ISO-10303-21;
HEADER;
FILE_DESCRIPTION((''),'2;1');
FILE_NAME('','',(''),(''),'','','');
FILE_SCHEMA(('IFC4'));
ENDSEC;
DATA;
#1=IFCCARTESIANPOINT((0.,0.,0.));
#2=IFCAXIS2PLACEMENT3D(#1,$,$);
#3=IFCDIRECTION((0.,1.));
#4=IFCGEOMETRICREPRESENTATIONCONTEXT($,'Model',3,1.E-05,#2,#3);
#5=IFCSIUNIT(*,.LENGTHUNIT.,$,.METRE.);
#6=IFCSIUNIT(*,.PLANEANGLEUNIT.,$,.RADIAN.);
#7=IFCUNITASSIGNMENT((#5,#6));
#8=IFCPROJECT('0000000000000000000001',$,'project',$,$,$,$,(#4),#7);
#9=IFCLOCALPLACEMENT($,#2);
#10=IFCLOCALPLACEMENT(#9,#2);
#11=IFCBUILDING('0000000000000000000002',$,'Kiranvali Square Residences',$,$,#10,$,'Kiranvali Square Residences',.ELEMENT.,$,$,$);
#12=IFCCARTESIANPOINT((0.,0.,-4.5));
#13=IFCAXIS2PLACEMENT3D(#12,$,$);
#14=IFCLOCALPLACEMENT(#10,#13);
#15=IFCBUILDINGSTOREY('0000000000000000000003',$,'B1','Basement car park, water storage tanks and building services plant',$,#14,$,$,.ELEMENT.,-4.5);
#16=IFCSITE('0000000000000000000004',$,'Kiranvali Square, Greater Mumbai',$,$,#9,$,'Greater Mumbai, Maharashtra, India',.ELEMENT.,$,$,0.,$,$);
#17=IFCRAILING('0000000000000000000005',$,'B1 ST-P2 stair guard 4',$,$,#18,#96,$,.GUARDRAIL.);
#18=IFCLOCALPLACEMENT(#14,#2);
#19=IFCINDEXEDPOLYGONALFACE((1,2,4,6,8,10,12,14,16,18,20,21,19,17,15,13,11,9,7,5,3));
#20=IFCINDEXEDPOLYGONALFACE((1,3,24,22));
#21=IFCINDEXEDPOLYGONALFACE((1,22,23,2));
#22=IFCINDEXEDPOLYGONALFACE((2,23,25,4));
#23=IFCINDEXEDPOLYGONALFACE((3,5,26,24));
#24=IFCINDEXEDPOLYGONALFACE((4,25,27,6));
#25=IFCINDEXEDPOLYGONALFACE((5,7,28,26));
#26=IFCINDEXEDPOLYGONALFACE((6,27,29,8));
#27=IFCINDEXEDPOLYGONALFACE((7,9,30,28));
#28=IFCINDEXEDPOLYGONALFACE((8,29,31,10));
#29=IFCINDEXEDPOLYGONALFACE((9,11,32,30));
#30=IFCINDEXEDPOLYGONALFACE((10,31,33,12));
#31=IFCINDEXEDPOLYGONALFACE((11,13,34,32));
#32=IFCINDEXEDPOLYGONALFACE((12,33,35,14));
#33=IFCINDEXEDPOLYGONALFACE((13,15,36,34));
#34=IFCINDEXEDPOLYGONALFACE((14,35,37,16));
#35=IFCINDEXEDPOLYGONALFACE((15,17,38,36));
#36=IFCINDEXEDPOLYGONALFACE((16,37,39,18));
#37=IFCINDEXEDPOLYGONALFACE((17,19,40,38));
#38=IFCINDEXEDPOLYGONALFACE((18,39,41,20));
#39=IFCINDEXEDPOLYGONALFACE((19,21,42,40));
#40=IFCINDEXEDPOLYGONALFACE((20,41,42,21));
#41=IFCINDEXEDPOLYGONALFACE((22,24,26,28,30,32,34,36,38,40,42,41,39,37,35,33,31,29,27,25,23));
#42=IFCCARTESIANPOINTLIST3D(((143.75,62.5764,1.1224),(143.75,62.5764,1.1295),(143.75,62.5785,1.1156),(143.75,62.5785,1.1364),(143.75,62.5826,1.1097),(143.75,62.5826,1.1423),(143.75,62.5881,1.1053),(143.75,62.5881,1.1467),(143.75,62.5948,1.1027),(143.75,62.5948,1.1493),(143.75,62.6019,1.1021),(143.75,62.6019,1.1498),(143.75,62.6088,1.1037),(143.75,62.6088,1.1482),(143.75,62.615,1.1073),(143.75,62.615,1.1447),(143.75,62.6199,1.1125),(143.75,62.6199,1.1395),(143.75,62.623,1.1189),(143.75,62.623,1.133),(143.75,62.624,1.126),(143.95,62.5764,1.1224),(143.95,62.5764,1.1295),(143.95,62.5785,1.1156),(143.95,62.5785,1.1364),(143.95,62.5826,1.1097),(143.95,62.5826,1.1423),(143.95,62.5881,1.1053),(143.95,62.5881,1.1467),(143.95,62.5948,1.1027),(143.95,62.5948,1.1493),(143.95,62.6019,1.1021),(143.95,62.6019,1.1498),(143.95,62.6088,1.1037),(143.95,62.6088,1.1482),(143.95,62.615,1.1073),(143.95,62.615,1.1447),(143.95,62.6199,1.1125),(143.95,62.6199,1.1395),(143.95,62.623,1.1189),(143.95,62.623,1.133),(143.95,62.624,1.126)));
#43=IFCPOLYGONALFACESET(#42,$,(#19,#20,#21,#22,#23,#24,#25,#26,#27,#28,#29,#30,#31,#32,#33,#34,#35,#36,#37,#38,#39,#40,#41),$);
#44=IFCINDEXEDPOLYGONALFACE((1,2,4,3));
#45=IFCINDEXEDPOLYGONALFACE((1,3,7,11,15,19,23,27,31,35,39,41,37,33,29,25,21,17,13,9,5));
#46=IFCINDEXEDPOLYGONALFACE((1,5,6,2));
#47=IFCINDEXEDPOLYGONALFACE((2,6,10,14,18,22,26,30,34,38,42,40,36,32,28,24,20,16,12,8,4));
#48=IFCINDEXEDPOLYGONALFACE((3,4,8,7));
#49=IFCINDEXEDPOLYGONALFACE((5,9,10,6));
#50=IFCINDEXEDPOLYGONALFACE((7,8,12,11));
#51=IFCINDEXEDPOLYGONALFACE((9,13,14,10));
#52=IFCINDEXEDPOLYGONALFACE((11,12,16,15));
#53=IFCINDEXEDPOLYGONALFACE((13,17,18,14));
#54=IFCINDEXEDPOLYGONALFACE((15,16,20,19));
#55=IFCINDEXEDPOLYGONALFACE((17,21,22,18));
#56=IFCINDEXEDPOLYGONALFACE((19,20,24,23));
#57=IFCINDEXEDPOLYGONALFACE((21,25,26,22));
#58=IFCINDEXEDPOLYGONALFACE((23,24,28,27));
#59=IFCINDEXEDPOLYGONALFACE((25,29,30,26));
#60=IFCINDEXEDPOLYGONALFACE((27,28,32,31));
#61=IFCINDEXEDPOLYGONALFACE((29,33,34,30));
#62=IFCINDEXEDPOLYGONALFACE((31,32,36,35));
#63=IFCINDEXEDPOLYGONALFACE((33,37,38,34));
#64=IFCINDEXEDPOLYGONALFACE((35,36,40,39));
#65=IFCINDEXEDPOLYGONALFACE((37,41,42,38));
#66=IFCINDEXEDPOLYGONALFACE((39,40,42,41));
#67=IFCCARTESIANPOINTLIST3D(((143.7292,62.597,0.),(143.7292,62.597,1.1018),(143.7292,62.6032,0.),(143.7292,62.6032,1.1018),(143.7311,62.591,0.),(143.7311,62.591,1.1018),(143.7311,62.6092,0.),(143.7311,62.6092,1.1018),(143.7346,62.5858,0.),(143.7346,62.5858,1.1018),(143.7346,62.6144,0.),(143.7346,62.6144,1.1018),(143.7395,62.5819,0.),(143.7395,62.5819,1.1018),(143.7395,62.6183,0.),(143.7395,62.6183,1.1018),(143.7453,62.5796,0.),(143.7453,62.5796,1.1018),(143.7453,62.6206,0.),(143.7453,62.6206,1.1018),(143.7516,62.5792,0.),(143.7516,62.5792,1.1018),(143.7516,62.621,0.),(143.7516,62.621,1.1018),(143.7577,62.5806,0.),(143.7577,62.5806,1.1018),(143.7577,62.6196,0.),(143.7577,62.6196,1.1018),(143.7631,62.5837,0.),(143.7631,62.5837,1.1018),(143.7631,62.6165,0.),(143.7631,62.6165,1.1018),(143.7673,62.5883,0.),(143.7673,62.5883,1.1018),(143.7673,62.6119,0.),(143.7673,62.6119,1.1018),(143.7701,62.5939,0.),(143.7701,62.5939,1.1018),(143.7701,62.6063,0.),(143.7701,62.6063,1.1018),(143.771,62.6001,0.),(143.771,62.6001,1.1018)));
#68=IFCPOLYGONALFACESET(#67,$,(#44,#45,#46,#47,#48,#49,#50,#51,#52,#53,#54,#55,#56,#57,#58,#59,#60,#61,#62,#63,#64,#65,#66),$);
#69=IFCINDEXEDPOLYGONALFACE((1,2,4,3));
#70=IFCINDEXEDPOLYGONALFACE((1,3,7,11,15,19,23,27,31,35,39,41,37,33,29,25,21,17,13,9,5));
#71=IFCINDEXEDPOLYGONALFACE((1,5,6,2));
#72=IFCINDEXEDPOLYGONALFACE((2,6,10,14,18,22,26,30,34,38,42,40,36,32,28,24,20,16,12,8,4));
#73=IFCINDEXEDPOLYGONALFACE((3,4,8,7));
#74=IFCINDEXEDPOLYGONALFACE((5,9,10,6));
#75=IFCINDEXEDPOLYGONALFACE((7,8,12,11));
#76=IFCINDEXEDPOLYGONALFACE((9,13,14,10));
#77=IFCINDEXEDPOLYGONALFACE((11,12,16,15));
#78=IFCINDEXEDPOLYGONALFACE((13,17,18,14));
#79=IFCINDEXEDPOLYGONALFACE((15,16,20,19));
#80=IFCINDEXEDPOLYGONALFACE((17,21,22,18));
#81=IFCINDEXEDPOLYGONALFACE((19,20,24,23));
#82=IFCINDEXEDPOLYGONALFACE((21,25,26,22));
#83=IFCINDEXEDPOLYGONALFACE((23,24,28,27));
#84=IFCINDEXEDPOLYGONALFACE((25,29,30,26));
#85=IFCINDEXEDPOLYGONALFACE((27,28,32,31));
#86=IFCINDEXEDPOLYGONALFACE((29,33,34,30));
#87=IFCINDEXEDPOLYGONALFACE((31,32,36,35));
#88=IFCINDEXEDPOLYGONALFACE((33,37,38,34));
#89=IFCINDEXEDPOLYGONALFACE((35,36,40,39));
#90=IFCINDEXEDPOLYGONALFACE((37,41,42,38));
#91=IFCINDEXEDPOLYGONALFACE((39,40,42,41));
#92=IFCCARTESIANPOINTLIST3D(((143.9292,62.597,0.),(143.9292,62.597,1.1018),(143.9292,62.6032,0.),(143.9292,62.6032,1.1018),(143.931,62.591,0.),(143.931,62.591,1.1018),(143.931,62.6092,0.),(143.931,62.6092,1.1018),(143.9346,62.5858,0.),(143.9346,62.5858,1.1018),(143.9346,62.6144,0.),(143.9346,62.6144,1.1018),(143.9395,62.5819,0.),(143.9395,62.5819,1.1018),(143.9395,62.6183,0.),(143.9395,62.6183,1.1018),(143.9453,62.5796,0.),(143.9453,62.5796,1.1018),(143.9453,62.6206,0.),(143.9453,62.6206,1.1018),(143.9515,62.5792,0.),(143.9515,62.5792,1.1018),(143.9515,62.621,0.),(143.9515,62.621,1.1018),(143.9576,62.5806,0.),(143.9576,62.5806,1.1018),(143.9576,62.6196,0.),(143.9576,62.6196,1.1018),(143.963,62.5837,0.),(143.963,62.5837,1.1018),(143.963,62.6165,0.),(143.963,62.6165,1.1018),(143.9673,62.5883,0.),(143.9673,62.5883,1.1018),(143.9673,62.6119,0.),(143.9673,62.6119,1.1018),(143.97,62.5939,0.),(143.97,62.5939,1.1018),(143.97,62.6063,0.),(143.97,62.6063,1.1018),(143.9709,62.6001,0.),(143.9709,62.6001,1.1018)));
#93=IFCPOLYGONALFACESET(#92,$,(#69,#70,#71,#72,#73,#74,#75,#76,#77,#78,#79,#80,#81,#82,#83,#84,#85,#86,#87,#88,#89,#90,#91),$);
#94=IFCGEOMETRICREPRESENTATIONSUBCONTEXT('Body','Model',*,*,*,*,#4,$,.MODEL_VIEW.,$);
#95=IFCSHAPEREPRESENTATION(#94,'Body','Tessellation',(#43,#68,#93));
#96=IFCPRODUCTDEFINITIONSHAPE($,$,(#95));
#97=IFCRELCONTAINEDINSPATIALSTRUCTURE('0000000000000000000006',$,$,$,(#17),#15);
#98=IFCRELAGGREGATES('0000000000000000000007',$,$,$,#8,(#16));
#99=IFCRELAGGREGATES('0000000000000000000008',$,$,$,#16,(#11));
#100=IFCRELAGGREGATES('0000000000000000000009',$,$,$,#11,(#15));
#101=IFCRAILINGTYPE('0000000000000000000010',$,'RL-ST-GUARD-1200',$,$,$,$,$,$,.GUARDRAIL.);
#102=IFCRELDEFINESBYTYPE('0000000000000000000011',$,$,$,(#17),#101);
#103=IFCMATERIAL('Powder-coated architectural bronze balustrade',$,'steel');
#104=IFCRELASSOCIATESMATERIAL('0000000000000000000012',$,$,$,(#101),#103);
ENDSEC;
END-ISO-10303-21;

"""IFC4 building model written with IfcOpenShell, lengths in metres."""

from ifc_helpers import new_model, si_unit, direction, frame, origin, origin_2d, place, context, subcontext, project, spatial, circle, extrude, material, type_object, element, save


model = new_model("IFC4")

# Units and contexts
model_context = context("Model", 3, precision=1e-05, world=origin(), true_north=direction((0.0, 1.0)))
body_context = subcontext(model_context, "Body", "Model", "MODEL_VIEW")
ifc_project = project(units=[si_unit("LENGTHUNIT", "METRE"), si_unit("PLANEANGLEUNIT", "RADIAN")], contexts=[model_context])

# Site, building, storey
site_placement = place(None, origin())
site = spatial("IfcSite", under=ifc_project, at=site_placement, Name="Kiranvali Square, Greater Mumbai", LongName="Greater Mumbai, Maharashtra, India", CompositionType="ELEMENT", RefElevation=0.0)
building_placement = place(site_placement, origin())
building = spatial("IfcBuilding", under=site, at=building_placement, Name="Kiranvali Square Residences", LongName="Kiranvali Square Residences", CompositionType="ELEMENT")
storey_placement = place(building_placement, frame((0.0, 0.0, -4.5)))
storey = spatial("IfcBuildingStorey", under=building, at=storey_placement, Name="B1", Description="Basement car park, water storage tanks and building services plant", CompositionType="ELEMENT", Elevation=-4.5)

# Railing
ifc_material_1 = material(Name="Powder-coated architectural bronze balustrade", Category="steel")
railing_type_1 = type_object("IfcRailingType", Name="RL-ST-GUARD-1200", PredefinedType="GUARDRAIL", material=ifc_material_1)
railing_1_placement = place(storey_placement, frame((143.75, 62.6001, 0.0)))
element("IfcRailing", 1, at=railing_1_placement, inside=storey, type_object=railing_type_1, Name="B1 ST-P2 stair guard 4", PredefinedType="GUARDRAIL", context=body_context, shape_type="SweptSolid", body=[
    extrude(circle(Radius=0.0239, at=origin_2d()), frame((0.0, 0.0, 1.126), z_axis=(1.0, 0.0, 0.0), x_axis=(0.0, 1.0, 0.0)), (0.0, 0.0, 1.0), 0.2),
    extrude(circle(Radius=0.021, at=origin_2d()), origin(), (0.0, 0.0, 1.0), 1.1018),
    extrude(circle(Radius=0.021, at=origin_2d()), frame((0.2, 0.0, 0.0)), (0.0, 0.0, 1.0), 1.1018),
])

save(model, "model.ifc")
